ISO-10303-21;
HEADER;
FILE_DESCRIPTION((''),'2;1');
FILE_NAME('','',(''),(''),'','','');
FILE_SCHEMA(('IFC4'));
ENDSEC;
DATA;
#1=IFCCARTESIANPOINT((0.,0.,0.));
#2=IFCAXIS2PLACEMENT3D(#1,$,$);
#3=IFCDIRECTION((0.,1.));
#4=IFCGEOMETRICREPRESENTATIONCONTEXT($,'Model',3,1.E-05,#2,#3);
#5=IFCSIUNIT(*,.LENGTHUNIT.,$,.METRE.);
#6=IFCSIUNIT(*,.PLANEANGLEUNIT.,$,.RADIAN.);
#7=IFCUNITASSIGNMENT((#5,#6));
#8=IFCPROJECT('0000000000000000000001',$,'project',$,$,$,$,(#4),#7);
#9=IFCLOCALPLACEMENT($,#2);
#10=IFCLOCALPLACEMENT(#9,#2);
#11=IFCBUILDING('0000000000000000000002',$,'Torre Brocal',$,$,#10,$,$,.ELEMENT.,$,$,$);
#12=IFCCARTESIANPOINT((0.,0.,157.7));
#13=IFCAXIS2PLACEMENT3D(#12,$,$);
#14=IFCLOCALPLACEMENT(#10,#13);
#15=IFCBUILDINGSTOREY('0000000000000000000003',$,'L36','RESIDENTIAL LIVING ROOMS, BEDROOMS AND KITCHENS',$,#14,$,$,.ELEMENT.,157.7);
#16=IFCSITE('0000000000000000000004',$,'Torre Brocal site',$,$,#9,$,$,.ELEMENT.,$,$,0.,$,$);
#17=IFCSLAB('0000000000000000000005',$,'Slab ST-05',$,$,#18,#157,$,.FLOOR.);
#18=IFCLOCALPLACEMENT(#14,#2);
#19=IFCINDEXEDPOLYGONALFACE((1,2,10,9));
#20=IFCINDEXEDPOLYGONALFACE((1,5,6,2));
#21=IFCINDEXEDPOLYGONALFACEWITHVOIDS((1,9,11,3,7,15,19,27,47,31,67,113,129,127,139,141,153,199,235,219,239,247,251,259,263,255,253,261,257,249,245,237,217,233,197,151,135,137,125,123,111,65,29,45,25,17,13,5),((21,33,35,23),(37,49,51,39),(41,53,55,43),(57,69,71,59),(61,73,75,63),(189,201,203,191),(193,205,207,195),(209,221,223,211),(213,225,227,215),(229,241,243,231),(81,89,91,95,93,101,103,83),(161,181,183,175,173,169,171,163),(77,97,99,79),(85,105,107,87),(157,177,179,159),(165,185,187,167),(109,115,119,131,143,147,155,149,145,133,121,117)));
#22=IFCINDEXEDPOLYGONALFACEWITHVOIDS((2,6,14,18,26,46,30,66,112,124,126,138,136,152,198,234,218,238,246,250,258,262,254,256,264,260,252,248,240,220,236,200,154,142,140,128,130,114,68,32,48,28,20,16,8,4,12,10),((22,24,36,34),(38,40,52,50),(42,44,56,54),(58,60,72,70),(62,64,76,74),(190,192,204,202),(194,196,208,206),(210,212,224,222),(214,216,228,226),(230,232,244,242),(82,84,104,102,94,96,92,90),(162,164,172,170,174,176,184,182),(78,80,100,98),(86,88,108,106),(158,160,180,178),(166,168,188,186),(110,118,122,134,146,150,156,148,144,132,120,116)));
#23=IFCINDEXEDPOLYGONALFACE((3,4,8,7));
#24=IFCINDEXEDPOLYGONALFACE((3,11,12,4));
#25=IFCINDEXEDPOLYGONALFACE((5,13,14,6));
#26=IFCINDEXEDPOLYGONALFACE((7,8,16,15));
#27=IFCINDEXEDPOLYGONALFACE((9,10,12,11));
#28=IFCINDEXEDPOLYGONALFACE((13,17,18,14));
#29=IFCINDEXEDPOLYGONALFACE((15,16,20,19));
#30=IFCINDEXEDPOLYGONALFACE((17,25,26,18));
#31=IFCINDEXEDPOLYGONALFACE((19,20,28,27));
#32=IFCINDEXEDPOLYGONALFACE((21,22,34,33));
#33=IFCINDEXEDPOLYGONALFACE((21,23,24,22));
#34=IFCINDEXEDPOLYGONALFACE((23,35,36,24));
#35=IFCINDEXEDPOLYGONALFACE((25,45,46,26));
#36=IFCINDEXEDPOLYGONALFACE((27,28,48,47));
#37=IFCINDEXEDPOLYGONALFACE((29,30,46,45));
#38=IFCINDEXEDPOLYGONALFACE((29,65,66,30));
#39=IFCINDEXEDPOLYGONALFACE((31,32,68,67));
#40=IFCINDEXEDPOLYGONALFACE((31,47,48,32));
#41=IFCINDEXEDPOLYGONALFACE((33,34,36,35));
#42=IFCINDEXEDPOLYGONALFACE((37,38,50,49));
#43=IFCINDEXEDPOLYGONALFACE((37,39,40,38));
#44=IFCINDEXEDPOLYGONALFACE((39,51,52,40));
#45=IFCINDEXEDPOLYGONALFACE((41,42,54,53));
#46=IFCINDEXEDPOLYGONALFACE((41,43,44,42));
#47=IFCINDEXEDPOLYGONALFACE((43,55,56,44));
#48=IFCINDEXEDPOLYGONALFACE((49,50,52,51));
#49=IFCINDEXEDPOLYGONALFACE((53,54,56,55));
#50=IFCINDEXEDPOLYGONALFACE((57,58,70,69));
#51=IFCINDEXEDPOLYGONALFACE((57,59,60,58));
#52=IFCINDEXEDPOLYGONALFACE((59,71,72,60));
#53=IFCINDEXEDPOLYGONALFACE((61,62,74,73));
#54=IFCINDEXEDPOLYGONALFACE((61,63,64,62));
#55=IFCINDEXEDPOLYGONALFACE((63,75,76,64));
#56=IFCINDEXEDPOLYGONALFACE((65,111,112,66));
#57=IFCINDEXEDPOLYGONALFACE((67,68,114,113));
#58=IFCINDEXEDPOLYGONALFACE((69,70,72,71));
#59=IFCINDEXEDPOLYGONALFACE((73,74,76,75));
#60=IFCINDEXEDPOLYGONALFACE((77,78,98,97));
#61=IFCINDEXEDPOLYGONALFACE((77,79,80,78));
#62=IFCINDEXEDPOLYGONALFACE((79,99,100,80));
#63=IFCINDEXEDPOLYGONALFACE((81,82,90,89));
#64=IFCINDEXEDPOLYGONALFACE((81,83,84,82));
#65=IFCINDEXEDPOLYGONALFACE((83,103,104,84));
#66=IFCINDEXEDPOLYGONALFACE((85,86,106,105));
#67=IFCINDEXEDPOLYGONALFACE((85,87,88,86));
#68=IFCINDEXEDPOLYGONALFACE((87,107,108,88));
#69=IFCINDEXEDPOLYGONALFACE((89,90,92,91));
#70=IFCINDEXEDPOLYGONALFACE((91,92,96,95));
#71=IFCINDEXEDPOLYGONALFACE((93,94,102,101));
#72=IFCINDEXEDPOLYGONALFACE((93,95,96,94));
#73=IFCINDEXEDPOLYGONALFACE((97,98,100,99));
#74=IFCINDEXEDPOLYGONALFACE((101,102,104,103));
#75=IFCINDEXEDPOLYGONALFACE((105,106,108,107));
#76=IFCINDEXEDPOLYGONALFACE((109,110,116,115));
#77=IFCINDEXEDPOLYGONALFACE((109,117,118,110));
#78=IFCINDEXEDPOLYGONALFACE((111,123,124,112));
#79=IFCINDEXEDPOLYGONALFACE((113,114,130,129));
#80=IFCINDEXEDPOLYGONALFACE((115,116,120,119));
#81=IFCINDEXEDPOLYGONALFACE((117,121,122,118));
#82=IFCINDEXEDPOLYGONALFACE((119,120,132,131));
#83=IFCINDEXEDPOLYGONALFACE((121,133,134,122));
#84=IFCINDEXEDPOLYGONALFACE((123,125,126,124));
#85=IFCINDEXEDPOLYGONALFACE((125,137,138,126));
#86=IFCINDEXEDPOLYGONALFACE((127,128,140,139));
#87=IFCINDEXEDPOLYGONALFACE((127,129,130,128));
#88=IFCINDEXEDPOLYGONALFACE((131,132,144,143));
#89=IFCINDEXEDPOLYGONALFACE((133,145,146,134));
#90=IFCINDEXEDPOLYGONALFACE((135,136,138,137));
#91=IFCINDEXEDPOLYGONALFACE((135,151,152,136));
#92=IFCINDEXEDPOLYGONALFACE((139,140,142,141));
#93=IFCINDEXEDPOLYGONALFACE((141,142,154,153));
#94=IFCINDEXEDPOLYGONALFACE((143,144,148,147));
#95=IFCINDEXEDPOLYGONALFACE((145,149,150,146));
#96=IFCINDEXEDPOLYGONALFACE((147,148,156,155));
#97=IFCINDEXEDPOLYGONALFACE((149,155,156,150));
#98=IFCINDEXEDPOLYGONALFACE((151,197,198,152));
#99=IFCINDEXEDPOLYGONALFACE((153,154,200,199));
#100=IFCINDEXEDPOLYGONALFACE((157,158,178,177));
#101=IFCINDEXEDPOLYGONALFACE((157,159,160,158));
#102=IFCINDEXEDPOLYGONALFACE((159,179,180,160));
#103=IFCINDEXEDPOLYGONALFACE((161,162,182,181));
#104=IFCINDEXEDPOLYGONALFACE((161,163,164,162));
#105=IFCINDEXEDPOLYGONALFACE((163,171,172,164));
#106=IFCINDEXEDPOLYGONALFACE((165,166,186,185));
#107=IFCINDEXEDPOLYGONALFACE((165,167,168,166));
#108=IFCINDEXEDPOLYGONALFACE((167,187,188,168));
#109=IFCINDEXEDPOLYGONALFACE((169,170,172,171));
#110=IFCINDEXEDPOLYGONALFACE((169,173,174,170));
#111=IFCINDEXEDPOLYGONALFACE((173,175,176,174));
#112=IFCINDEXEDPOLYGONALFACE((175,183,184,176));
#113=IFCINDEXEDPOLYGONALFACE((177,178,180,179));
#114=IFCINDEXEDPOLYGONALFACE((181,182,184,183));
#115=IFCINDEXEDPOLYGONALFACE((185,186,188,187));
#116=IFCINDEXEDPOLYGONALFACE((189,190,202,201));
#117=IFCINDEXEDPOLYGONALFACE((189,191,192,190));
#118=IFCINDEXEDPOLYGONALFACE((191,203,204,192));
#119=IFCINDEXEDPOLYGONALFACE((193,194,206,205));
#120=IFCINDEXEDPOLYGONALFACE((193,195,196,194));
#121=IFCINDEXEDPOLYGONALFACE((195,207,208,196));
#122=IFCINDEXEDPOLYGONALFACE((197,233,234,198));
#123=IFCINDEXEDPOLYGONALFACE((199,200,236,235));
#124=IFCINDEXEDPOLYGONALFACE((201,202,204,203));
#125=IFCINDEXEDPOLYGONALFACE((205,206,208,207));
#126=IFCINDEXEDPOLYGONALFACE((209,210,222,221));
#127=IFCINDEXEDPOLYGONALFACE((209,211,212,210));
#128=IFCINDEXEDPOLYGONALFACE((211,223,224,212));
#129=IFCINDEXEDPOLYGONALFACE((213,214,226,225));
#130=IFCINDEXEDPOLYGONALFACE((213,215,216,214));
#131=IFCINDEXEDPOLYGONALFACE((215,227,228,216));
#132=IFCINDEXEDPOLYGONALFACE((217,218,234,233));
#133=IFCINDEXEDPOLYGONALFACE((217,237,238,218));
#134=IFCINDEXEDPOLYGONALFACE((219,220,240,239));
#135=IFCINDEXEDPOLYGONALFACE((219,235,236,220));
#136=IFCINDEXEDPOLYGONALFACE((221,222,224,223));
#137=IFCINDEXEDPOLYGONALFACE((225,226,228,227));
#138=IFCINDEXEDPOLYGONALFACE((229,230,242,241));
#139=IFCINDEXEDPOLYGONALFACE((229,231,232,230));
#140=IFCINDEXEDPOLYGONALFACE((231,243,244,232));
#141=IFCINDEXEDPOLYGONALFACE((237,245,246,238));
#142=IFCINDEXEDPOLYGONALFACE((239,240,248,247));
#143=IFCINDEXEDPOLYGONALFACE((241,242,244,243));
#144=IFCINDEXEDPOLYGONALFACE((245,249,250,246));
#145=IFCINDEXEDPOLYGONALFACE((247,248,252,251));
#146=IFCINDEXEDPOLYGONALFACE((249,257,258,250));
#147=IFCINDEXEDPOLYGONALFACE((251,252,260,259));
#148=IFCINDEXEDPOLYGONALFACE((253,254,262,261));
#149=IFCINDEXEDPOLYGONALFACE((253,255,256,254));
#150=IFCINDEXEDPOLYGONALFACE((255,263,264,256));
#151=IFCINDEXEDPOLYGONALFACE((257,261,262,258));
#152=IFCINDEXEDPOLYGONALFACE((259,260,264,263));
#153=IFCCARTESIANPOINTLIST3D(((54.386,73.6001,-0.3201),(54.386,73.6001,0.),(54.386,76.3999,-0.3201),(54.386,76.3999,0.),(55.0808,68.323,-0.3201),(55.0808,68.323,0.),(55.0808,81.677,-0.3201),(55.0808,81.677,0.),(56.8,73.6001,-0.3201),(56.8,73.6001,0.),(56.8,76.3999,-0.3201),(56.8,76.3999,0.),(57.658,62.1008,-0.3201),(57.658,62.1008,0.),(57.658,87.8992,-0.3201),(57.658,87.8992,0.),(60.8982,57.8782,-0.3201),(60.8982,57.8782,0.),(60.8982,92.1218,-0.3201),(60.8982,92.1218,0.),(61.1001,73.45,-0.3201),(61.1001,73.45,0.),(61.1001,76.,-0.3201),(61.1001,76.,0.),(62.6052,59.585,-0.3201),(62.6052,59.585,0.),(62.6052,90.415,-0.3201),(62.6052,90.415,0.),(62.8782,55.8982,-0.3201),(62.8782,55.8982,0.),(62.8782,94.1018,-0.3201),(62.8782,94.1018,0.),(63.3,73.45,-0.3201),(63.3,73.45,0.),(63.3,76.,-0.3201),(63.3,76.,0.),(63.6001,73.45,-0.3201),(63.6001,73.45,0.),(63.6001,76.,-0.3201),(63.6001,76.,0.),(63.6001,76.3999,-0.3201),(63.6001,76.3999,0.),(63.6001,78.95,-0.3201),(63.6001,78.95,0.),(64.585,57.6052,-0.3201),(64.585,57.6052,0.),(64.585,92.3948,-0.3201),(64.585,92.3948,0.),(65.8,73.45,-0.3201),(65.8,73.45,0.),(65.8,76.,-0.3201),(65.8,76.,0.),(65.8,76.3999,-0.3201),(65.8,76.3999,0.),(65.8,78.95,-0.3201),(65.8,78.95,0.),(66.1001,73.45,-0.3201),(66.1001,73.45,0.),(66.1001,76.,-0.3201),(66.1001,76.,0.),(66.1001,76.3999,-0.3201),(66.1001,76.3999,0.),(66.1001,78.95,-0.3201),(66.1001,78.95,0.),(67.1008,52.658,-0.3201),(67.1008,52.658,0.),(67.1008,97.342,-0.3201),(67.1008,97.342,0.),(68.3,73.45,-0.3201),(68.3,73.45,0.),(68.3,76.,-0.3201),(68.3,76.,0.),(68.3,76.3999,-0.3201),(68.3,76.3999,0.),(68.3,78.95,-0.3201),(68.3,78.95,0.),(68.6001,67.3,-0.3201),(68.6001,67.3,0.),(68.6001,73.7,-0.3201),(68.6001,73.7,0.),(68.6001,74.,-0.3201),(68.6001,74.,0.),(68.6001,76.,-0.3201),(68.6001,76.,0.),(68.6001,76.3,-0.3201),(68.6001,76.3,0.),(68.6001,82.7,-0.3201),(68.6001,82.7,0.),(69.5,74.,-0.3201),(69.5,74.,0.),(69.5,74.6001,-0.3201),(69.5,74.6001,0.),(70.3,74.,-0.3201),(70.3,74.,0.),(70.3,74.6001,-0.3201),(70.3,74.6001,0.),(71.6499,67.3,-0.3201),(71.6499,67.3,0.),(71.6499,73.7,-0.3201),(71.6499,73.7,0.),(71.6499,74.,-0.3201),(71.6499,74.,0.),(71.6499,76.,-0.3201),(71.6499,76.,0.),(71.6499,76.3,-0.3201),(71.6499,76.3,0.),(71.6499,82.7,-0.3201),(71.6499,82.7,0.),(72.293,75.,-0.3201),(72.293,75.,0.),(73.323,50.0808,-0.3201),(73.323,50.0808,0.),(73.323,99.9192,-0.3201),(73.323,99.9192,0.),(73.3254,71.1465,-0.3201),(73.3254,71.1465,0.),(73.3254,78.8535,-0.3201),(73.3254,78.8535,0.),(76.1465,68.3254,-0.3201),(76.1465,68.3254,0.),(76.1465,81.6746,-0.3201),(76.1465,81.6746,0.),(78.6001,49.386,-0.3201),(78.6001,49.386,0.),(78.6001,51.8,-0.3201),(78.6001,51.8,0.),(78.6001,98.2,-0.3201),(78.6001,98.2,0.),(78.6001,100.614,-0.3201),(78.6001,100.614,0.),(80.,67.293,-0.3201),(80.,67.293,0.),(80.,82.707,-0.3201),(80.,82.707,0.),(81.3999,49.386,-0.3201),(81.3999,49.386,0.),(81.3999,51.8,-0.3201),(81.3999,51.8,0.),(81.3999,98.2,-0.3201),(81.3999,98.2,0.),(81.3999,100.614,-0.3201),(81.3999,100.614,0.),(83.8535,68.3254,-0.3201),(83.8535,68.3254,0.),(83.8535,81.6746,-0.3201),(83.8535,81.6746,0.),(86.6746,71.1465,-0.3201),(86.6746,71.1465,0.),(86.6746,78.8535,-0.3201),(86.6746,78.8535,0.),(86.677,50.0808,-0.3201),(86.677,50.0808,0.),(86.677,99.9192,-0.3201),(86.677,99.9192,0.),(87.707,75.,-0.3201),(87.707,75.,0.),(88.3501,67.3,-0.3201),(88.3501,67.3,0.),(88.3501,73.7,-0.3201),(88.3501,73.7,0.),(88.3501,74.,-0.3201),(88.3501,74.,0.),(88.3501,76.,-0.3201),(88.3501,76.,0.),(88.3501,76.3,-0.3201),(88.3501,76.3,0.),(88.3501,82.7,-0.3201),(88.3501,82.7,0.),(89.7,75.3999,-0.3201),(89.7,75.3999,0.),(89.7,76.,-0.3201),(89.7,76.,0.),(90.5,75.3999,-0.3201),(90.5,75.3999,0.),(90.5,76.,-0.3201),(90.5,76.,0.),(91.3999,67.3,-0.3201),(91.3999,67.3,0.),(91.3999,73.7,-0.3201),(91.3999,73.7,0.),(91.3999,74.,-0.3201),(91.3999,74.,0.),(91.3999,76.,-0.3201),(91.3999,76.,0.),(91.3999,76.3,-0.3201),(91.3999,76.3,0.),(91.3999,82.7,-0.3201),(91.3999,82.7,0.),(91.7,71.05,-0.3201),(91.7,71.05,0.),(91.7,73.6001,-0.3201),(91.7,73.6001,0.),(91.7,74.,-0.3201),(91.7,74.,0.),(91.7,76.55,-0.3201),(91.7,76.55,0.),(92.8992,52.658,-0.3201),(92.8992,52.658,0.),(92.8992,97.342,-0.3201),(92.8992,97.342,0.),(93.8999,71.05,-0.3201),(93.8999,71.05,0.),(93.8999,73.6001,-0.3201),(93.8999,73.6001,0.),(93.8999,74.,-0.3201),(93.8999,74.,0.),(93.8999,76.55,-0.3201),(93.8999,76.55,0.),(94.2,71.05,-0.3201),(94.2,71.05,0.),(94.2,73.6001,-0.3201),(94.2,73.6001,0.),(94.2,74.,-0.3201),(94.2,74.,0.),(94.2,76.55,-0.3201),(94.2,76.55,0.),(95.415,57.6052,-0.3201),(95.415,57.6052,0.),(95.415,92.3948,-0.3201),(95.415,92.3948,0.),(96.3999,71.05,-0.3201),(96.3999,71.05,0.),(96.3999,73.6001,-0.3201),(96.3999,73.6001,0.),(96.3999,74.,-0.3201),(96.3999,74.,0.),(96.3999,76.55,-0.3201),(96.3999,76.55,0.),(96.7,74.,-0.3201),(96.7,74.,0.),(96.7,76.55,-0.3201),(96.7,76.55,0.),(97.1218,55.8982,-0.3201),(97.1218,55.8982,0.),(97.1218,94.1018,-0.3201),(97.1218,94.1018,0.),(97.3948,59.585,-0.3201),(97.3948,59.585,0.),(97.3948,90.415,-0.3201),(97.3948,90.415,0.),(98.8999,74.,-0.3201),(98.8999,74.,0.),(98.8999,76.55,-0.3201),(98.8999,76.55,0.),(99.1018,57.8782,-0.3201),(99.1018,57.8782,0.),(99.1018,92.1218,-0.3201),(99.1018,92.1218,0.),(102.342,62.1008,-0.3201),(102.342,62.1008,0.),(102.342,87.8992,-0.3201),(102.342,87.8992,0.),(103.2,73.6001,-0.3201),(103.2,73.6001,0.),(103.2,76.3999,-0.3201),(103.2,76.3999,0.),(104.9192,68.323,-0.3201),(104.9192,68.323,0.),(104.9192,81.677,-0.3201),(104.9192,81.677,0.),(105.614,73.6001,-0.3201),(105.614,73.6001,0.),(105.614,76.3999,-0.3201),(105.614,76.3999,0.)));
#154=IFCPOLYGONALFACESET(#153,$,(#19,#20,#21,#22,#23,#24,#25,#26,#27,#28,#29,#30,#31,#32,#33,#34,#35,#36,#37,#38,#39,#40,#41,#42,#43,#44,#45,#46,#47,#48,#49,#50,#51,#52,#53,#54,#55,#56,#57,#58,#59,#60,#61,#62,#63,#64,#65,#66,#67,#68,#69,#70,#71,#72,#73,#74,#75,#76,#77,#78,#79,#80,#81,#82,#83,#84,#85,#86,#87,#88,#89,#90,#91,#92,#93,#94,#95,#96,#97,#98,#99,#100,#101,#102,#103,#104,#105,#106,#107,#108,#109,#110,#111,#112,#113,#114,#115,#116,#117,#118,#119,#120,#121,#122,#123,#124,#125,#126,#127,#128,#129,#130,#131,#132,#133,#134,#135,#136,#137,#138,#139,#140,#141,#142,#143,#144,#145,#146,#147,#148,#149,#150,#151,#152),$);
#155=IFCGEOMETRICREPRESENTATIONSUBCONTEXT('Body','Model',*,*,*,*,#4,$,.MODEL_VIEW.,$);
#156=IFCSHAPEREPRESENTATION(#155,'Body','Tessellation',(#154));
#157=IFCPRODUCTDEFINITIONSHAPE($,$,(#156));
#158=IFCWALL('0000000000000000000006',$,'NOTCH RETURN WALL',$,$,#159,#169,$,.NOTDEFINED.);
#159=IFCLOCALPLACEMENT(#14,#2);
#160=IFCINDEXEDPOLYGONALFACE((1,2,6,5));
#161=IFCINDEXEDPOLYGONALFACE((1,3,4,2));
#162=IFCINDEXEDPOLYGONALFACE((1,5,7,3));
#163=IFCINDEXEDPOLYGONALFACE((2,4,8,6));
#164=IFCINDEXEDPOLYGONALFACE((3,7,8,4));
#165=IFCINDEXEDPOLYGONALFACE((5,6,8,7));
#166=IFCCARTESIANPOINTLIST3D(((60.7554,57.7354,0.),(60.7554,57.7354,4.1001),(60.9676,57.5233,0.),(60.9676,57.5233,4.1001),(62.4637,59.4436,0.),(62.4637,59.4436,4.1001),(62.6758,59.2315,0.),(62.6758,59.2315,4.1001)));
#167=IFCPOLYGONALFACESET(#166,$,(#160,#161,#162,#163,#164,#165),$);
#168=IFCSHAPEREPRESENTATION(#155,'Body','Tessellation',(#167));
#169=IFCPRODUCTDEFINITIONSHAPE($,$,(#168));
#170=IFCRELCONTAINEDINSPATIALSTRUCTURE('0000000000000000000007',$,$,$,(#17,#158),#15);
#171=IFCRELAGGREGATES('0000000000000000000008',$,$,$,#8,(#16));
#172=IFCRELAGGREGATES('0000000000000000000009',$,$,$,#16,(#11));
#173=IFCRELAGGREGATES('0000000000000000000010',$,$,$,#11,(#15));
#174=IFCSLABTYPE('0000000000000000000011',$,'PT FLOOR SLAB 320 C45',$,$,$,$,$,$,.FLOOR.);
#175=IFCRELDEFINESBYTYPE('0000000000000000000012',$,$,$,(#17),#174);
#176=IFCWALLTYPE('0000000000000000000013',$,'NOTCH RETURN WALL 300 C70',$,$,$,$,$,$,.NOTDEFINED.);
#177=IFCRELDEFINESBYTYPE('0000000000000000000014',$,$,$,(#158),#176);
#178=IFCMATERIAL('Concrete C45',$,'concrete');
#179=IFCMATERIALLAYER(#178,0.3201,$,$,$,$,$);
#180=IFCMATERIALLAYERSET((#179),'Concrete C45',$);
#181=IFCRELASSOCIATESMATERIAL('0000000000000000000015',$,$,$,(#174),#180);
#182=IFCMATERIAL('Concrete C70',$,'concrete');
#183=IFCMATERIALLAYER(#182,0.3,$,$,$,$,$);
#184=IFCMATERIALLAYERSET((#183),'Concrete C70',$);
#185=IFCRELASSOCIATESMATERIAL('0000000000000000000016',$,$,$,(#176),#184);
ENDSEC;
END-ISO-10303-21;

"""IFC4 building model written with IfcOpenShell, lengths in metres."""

from ifc_helpers import new_model, si_unit, direction, frame, frame_2d, origin, place, context, subcontext, project, spatial, polyline, rectangle, outline, extrude, material, layer, layer_set, type_object, element, save


model = new_model("IFC4")

# Units and contexts
model_context = context("Model", 3, precision=1e-05, world=origin(), true_north=direction((0.0, 1.0)))
body_context = subcontext(model_context, "Body", "Model", "MODEL_VIEW")
ifc_project = project(units=[si_unit("LENGTHUNIT", "METRE"), si_unit("PLANEANGLEUNIT", "RADIAN")], contexts=[model_context])

# Site, building, storey
site_placement = place(None, origin())
site = spatial("IfcSite", under=ifc_project, at=site_placement, Name="Torre Brocal site", CompositionType="ELEMENT", RefElevation=0.0)
building_placement = place(site_placement, origin())
building = spatial("IfcBuilding", under=site, at=building_placement, Name="Torre Brocal", CompositionType="ELEMENT")
storey_placement = place(building_placement, frame((0.0, 0.0, 157.7)))
storey = spatial("IfcBuildingStorey", under=building, at=storey_placement, Name="L36", Description="RESIDENTIAL LIVING ROOMS, BEDROOMS AND KITCHENS", CompositionType="ELEMENT", Elevation=157.7)

# Slab
ifc_material_1 = material(Name="Concrete C45", Category="concrete")
ifc_layer_1 = layer(ifc_material_1, 0.3201)
ifc_layer_set_1 = layer_set([ifc_layer_1], Name="Concrete C45")
slab_type_1 = type_object("IfcSlabType", Name="PT FLOOR SLAB 320 C45", PredefinedType="FLOOR", material=ifc_layer_set_1)
slab_1_placement = place(storey_placement, frame((0.0, 0.0, -0.3201)))
element("IfcSlab", 1, at=slab_1_placement, inside=storey, type_object=slab_type_1, Name="Slab ST-05", PredefinedType="FLOOR", context=body_context, shape_type="SweptSolid", body=[
    extrude(outline(polyline([(103.2, 76.3999), (103.2, 73.6001), (105.614, 73.6001), (104.9192, 68.323), (102.342, 62.1008), (99.1018, 57.8782), (97.3948, 59.585), (95.415, 57.6052), (97.1218, 55.8982), (92.8992, 52.658), (86.677, 50.0808), (81.3999, 49.386), (81.3999, 51.8), (78.6001, 51.8), (78.6001, 49.386), (73.323, 50.0808), (67.1008, 52.658), (62.8782, 55.8982), (64.585, 57.6052), (62.6052, 59.585), (60.8982, 57.8782), (57.658, 62.1008), (55.0808, 68.323), (54.386, 73.6001), (56.8, 73.6001), (56.8, 76.3999), (54.386, 76.3999), (55.0808, 81.677), (57.658, 87.8992), (60.8982, 92.1218), (62.6052, 90.415), (64.585, 92.3948), (62.8782, 94.1018), (67.1008, 97.342), (73.323, 99.9192), (78.6001, 100.614), (78.6001, 98.2), (81.3999, 98.2), (81.3999, 100.614), (86.677, 99.9192), (92.8992, 97.342), (97.1218, 94.1018), (95.415, 92.3948), (97.3948, 90.415), (99.1018, 92.1218), (102.342, 87.8992), (104.9192, 81.677), (105.614, 76.3999), (103.2, 76.3999)]), holes=[polyline([(98.8999, 76.55), (96.7, 76.55), (96.7, 74.0), (98.8999, 74.0), (98.8999, 76.55)]), polyline([(96.3999, 76.55), (94.2, 76.55), (94.2, 74.0), (96.3999, 74.0), (96.3999, 76.55)]), polyline([(96.3999, 73.6001), (94.2, 73.6001), (94.2, 71.05), (96.3999, 71.05), (96.3999, 73.6001)]), polyline([(93.8999, 76.55), (91.7, 76.55), (91.7, 74.0), (93.8999, 74.0), (93.8999, 76.55)]), polyline([(93.8999, 73.6001), (91.7, 73.6001), (91.7, 71.05), (93.8999, 71.05), (93.8999, 73.6001)]), polyline([(89.7, 76.0), (88.3501, 76.0), (88.3501, 74.0), (91.3999, 74.0), (91.3999, 76.0), (90.5, 76.0), (90.5, 75.3999), (89.7, 75.3999), (89.7, 76.0)]), polyline([(91.3999, 82.7), (88.3501, 82.7), (88.3501, 76.3), (91.3999, 76.3), (91.3999, 82.7)]), polyline([(91.3999, 73.7), (88.3501, 73.7), (88.3501, 67.3), (91.3999, 67.3), (91.3999, 73.7)]), polyline([(80.0, 82.707), (76.1465, 81.6746), (73.3254, 78.8535), (72.293, 75.0), (73.3254, 71.1465), (76.1465, 68.3254), (80.0, 67.293), (83.8535, 68.3254), (86.6746, 71.1465), (87.707, 75.0), (86.6746, 78.8535), (83.8535, 81.6746), (80.0, 82.707)]), polyline([(70.3, 74.0), (71.6499, 74.0), (71.6499, 76.0), (68.6001, 76.0), (68.6001, 74.0), (69.5, 74.0), (69.5, 74.6001), (70.3, 74.6001), (70.3, 74.0)]), polyline([(68.6001, 76.3), (71.6499, 76.3), (71.6499, 82.7), (68.6001, 82.7), (68.6001, 76.3)]), polyline([(68.6001, 67.3), (71.6499, 67.3), (71.6499, 73.7), (68.6001, 73.7), (68.6001, 67.3)]), polyline([(66.1001, 76.3999), (68.3, 76.3999), (68.3, 78.95), (66.1001, 78.95), (66.1001, 76.3999)]), polyline([(66.1001, 73.45), (68.3, 73.45), (68.3, 76.0), (66.1001, 76.0), (66.1001, 73.45)]), polyline([(63.6001, 76.3999), (65.8, 76.3999), (65.8, 78.95), (63.6001, 78.95), (63.6001, 76.3999)]), polyline([(63.6001, 73.45), (65.8, 73.45), (65.8, 76.0), (63.6001, 76.0), (63.6001, 73.45)]), polyline([(61.1001, 73.45), (63.3, 73.45), (63.3, 76.0), (61.1001, 76.0), (61.1001, 73.45)])]), origin(), (0.0, 0.0, 1.0), 0.3201),
])

# Wall
ifc_material_2 = material(Name="Concrete C70", Category="concrete")
ifc_layer_2 = layer(ifc_material_2, 0.3)
ifc_layer_set_2 = layer_set([ifc_layer_2], Name="Concrete C70")
wall_type_1 = type_object("IfcWallType", Name="NOTCH RETURN WALL 300 C70", PredefinedType="NOTDEFINED", material=ifc_layer_set_2)
for number, where, z_axis, x_axis, name in (
    (2, (62.5698, 59.3376, 0.0), (0.0, 0.0, 1.0), (-0.707107, -0.707107, 0.0), "NOTCH RETURN WALL"),
):
    element("IfcWall", number, at=place(storey_placement, frame(where, z_axis=z_axis, x_axis=x_axis)), inside=storey, type_object=wall_type_1, Name=name, PredefinedType="NOTDEFINED", context=body_context, shape_type="SweptSolid", body=[
        extrude(rectangle(XDim=2.4158, YDim=0.3, at=frame_2d((1.208, 0.0))), origin(), (0.0, 0.0, 1.0), 4.1001),
    ])

save(model, "model.ifc")
